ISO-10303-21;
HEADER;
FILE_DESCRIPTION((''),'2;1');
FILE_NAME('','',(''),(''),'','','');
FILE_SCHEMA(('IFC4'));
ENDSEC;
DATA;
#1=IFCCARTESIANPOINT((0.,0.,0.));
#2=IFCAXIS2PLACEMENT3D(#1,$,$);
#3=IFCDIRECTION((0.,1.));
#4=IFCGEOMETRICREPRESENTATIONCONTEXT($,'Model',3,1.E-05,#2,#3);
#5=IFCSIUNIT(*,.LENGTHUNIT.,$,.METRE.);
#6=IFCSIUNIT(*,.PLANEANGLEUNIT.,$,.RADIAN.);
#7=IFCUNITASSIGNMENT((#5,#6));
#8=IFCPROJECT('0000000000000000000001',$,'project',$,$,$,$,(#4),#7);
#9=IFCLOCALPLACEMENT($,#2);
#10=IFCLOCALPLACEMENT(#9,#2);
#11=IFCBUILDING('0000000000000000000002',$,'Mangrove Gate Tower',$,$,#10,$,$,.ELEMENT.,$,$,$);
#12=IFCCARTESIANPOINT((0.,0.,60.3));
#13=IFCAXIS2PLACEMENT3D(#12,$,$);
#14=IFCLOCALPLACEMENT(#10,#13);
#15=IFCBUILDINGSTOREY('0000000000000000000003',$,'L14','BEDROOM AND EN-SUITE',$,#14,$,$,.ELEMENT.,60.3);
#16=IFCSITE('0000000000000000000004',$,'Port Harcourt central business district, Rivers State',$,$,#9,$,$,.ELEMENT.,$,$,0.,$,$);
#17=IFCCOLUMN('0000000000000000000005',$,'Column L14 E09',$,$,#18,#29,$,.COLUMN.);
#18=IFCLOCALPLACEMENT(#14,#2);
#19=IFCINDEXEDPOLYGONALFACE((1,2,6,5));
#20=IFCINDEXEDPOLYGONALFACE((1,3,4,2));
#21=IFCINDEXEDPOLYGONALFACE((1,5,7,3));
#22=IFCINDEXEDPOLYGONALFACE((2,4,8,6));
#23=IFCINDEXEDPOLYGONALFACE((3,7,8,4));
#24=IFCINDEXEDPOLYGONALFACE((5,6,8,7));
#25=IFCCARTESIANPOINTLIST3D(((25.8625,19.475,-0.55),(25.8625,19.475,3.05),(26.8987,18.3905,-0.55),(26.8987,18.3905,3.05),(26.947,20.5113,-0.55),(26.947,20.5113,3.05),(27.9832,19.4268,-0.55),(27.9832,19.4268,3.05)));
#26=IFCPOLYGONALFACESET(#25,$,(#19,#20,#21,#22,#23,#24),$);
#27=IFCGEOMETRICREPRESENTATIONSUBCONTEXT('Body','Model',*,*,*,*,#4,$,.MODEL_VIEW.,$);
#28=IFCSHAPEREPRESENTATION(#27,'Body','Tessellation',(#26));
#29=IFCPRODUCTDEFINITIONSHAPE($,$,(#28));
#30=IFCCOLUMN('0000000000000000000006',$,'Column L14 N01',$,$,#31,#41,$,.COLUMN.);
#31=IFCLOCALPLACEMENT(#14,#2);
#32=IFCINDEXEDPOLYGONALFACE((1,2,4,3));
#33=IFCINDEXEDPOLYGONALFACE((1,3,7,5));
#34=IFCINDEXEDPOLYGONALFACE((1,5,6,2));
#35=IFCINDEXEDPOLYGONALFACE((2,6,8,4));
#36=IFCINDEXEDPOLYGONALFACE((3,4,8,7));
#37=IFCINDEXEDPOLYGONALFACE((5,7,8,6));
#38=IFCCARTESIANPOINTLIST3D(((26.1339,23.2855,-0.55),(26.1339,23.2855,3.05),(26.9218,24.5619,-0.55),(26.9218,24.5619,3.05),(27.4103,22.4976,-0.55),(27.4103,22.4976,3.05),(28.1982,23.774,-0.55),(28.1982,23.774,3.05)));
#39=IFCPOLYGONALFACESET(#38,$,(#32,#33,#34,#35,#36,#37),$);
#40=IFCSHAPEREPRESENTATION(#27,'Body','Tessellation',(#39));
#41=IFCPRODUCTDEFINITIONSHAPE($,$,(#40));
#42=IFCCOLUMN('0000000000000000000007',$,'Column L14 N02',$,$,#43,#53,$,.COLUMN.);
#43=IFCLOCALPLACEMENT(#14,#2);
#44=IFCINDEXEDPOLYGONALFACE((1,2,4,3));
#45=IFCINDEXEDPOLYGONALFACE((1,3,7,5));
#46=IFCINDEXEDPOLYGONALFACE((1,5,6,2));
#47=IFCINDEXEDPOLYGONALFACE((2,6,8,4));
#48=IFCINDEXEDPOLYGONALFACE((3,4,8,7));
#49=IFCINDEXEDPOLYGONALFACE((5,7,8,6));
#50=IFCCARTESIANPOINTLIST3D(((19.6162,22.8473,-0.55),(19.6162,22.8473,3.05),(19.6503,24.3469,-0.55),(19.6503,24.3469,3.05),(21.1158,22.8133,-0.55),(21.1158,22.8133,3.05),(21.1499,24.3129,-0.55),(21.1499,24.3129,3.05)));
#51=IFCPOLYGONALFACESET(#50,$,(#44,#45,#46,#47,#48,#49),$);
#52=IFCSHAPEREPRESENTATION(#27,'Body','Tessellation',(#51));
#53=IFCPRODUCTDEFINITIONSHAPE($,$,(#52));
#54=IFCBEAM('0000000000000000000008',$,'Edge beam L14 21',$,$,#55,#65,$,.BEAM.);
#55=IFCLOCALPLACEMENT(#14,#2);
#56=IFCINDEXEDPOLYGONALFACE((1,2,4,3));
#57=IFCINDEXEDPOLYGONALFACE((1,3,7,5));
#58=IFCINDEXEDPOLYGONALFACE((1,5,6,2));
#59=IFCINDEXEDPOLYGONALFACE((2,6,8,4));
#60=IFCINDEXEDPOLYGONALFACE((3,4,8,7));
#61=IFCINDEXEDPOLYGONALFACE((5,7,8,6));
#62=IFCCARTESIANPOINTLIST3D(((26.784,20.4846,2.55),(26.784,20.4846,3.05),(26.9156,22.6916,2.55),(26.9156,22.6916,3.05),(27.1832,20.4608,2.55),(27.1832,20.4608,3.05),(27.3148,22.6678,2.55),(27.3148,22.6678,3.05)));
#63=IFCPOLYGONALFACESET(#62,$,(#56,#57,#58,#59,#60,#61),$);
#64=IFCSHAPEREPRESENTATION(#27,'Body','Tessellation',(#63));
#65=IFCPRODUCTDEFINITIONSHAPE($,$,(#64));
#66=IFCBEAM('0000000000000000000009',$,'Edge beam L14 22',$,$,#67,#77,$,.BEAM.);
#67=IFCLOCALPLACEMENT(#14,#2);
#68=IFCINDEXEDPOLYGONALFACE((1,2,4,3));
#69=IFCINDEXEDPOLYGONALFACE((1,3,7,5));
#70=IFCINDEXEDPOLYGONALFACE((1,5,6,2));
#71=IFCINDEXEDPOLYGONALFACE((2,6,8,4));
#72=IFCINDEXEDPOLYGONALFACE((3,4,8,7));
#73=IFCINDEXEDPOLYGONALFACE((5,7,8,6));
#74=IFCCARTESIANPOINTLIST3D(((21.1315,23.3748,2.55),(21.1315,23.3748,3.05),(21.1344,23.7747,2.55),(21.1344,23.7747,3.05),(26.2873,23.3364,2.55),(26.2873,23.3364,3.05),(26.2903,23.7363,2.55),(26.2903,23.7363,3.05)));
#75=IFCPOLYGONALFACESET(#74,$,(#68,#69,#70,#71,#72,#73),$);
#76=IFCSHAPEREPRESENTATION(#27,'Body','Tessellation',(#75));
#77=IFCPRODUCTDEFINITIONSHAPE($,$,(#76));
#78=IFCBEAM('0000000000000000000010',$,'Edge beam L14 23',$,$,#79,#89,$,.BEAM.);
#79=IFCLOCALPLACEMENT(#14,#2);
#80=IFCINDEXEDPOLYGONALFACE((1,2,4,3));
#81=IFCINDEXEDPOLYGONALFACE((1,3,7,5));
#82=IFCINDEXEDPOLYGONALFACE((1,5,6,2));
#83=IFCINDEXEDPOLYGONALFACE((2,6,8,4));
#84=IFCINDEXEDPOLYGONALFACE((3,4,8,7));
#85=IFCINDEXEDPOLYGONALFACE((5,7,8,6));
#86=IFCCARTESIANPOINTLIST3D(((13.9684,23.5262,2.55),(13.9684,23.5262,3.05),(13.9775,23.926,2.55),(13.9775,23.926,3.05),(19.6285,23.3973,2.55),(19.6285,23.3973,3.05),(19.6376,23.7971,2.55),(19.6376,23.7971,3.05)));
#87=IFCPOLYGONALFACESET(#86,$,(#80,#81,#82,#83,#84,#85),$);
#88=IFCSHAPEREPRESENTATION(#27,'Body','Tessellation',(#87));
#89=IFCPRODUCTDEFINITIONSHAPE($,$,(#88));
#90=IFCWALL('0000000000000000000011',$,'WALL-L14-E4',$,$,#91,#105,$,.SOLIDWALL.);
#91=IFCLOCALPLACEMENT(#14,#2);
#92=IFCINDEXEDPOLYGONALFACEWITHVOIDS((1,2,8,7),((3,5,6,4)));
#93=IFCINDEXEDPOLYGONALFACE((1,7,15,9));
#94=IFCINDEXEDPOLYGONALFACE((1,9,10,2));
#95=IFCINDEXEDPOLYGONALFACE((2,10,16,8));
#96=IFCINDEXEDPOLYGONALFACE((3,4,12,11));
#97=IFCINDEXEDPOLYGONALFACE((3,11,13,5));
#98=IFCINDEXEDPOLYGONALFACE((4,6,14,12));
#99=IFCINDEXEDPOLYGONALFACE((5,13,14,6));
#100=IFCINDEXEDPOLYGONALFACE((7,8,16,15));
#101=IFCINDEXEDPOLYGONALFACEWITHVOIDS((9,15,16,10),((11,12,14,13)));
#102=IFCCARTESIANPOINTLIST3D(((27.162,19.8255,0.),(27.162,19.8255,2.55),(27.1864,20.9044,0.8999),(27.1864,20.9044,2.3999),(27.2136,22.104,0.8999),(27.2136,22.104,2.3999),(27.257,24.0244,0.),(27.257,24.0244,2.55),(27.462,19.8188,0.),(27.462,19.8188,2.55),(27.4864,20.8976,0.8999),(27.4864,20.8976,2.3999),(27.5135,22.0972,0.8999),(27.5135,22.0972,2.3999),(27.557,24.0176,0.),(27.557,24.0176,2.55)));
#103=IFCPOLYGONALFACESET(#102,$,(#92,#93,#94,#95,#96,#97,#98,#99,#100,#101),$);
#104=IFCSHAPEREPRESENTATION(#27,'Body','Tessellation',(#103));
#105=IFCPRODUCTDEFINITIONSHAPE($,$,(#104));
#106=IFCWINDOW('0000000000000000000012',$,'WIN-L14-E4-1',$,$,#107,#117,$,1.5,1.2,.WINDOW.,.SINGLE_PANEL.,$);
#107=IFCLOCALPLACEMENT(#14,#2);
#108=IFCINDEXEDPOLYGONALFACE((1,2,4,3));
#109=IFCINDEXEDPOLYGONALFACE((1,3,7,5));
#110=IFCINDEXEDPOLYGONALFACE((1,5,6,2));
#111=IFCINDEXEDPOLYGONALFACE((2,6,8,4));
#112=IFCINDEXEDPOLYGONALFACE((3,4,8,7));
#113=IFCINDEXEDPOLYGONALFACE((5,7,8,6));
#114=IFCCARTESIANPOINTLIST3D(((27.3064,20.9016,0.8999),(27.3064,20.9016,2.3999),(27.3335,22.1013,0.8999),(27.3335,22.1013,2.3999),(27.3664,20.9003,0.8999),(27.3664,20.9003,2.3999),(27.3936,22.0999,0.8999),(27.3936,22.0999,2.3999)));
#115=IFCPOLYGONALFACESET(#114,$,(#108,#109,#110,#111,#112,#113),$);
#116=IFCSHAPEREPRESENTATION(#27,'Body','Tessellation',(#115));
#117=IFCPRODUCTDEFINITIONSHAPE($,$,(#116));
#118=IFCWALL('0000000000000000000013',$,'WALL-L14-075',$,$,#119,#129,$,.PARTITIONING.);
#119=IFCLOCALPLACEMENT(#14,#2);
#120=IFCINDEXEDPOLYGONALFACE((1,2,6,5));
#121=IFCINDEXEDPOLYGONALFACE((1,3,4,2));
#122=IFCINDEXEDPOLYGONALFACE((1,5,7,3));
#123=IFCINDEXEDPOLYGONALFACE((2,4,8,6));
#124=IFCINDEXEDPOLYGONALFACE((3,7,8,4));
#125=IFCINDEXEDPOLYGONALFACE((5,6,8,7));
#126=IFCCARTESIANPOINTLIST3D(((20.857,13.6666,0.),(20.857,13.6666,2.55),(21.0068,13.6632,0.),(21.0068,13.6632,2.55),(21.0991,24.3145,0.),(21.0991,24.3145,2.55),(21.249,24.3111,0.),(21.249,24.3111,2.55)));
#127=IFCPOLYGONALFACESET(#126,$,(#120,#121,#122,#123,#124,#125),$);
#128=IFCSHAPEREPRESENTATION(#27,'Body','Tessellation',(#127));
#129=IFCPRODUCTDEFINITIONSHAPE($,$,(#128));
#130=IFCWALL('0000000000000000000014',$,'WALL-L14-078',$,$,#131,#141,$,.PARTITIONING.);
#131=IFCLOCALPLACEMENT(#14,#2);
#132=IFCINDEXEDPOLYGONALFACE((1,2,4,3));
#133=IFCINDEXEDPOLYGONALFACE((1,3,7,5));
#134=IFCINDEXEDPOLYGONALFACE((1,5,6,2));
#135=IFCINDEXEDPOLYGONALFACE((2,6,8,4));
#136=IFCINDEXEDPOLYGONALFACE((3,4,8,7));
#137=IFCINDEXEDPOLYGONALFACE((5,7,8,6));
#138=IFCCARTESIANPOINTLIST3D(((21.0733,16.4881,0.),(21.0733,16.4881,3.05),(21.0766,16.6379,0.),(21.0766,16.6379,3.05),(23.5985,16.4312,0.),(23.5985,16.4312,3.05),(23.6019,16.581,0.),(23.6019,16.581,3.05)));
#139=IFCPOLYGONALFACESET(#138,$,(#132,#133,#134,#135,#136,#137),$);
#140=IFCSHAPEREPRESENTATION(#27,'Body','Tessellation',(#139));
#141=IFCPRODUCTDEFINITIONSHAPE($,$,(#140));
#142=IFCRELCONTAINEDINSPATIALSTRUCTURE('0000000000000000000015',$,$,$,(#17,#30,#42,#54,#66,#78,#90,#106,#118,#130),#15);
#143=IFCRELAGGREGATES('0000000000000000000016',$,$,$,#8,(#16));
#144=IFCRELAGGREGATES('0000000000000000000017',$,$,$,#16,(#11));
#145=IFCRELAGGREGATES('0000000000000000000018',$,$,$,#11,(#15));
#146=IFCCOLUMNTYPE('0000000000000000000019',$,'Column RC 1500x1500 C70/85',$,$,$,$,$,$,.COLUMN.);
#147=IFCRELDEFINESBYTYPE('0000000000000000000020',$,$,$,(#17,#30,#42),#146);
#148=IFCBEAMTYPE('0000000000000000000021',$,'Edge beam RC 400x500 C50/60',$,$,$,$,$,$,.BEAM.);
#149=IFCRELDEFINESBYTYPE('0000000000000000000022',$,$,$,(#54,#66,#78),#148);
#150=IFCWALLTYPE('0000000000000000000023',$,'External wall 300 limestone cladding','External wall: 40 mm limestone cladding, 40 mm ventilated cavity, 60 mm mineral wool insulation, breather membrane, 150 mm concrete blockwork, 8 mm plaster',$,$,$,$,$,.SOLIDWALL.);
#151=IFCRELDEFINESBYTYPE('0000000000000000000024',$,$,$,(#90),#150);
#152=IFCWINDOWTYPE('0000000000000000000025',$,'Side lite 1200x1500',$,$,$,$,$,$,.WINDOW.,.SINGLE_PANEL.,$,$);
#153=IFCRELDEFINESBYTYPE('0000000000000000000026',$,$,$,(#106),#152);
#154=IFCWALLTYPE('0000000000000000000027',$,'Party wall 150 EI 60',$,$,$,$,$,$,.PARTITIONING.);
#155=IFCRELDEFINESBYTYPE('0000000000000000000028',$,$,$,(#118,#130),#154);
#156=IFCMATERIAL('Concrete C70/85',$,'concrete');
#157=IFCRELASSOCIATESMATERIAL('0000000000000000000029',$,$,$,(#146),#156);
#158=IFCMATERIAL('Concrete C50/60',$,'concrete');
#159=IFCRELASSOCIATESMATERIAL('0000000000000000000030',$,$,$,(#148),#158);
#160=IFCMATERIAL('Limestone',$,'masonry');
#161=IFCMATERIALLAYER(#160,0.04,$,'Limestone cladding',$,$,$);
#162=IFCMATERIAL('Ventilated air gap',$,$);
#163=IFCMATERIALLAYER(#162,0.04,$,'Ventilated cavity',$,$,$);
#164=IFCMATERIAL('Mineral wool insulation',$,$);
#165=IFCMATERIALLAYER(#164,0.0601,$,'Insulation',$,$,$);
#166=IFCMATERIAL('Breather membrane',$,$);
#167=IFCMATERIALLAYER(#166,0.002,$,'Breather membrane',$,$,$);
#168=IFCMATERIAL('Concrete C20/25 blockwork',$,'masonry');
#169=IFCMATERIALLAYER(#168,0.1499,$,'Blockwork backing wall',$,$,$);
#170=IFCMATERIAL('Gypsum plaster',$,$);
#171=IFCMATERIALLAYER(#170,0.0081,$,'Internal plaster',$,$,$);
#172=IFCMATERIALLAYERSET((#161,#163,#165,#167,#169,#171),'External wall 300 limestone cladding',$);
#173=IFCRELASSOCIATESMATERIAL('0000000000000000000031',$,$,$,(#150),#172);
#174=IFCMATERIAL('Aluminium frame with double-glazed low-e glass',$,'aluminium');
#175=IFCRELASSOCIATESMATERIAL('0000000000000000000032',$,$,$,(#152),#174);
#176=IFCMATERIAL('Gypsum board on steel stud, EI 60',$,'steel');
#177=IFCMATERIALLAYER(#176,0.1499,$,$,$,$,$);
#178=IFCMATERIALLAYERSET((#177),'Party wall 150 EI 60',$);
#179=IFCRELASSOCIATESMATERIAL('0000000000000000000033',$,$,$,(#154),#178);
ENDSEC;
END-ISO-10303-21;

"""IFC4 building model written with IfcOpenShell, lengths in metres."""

from ifc_helpers import new_model, si_unit, direction, frame, frame_2d, origin, origin_2d, place, context, subcontext, project, spatial, rectangle, extrude, material, layer, layer_set, material_profile, profile_set, type_object, element, fill, save


model = new_model("IFC4")

# Units and contexts
model_context = context("Model", 3, precision=1e-05, world=origin(), true_north=direction((0.0, 1.0)))
body_context = subcontext(model_context, "Body", "Model", "MODEL_VIEW")
ifc_project = project(units=[si_unit("LENGTHUNIT", "METRE"), si_unit("PLANEANGLEUNIT", "RADIAN")], contexts=[model_context])

# Site, building, storey
site_placement = place(None, origin())
site = spatial("IfcSite", under=ifc_project, at=site_placement, Name="Port Harcourt central business district, Rivers State", CompositionType="ELEMENT", RefElevation=0.0)
building_placement = place(site_placement, origin())
building = spatial("IfcBuilding", under=site, at=building_placement, Name="Mangrove Gate Tower", CompositionType="ELEMENT")
storey_placement = place(building_placement, frame((0.0, 0.0, 60.3)))
storey = spatial("IfcBuildingStorey", under=building, at=storey_placement, Name="L14", Description="BEDROOM AND EN-SUITE", CompositionType="ELEMENT", Elevation=60.3)

# Columns
ifc_material_1 = material(Name="Concrete C70/85", Category="concrete")
ifc_material_profile_1 = material_profile(ifc_material_1, rectangle(XDim=1.5, YDim=1.5, at=origin_2d()))
ifc_profile_set_1 = profile_set([ifc_material_profile_1], Name="Concrete C70/85")
column_type = type_object("IfcColumnType", Name="Column RC 1500x1500 C70/85", PredefinedType="COLUMN", material=ifc_profile_set_1)
for number, where, z_axis, x_axis, name in (
    (1, (26.9229, 19.4509, -0.55), (0.0, 0.0, 1.0), (-0.690848, 0.723, 0.0), "Column L14 E09"),
    (2, (27.166, 23.5298, -0.55), (0.0, 0.0, 1.0), (-0.850942, 0.52526, 0.0), "Column L14 N01"),
    (3, (20.3831, 23.5801, -0.55), (0.0, 0.0, 1.0), (-0.999743, 0.02269, 0.0), "Column L14 N02"),
):
    element("IfcColumn", number, at=place(storey_placement, frame(where, z_axis=z_axis, x_axis=x_axis)), inside=storey, type_object=column_type, Name=name, PredefinedType="COLUMN", context=body_context, shape_type="SweptSolid", body=[
        extrude(rectangle(XDim=1.5, YDim=1.5, at=origin_2d()), origin(), (0.0, 0.0, 1.0), 3.6001),
    ])

# Beams
ifc_material_2 = material(Name="Concrete C50/60", Category="concrete")
ifc_material_profile_2 = material_profile(ifc_material_2, rectangle(XDim=0.3999, YDim=0.5, at=origin_2d()))
ifc_profile_set_2 = profile_set([ifc_material_profile_2], Name="Concrete C50/60")
beam_type = type_object("IfcBeamType", Name="Edge beam RC 400x500 C50/60", PredefinedType="BEAM", material=ifc_profile_set_2)
beam_1_placement = place(storey_placement, frame((26.9836, 20.4727, 2.8), z_axis=(0.059518, 0.998227, 0.0), x_axis=(-0.998227, 0.059518, 0.0)))
element("IfcBeam", 4, at=beam_1_placement, inside=storey, type_object=beam_type, Name="Edge beam L14 21", PredefinedType="BEAM", context=body_context, shape_type="SweptSolid", body=[
    extrude(rectangle(XDim=0.3999, YDim=0.5, at=origin_2d()), origin(), (0.0, 0.0, 1.0), 2.2109),
])
beam_2_placement = place(storey_placement, frame((26.2888, 23.5364, 2.8), z_axis=(-0.999972, 0.007434, 0.0), x_axis=(-0.007434, -0.999972, 0.0)))
element("IfcBeam", 5, at=beam_2_placement, inside=storey, type_object=beam_type, Name="Edge beam L14 22", PredefinedType="BEAM", context=body_context, shape_type="SweptSolid", body=[
    extrude(rectangle(XDim=0.3999, YDim=0.5, at=origin_2d()), origin(), (0.0, 0.0, 1.0), 5.156),
])
beam_3_placement = place(storey_placement, frame((19.6331, 23.5972, 2.8), z_axis=(-0.999741, 0.022768, 0.0), x_axis=(-0.022768, -0.999741, 0.0)))
element("IfcBeam", 6, at=beam_3_placement, inside=storey, type_object=beam_type, Name="Edge beam L14 23", PredefinedType="BEAM", context=body_context, shape_type="SweptSolid", body=[
    extrude(rectangle(XDim=0.3999, YDim=0.5, at=origin_2d()), origin(), (0.0, 0.0, 1.0), 5.6616),
])

# Wall, opening, window
ifc_material_3 = material(Name="Limestone", Category="masonry")
ifc_layer_1 = layer(ifc_material_3, 0.04, Name="Limestone cladding")
ifc_material_4 = material(Name="Ventilated air gap")
ifc_layer_2 = layer(ifc_material_4, 0.04, Name="Ventilated cavity")
ifc_material_5 = material(Name="Mineral wool insulation")
ifc_layer_3 = layer(ifc_material_5, 0.0601, Name="Insulation")
ifc_material_6 = material(Name="Breather membrane")
ifc_layer_4 = layer(ifc_material_6, 0.002, Name="Breather membrane")
ifc_material_7 = material(Name="Concrete C20/25 blockwork", Category="masonry")
ifc_layer_5 = layer(ifc_material_7, 0.1499, Name="Blockwork backing wall")
ifc_material_8 = material(Name="Gypsum plaster")
ifc_layer_6 = layer(ifc_material_8, 0.0081, Name="Internal plaster")
ifc_layer_set_1 = layer_set([ifc_layer_1, ifc_layer_2, ifc_layer_3, ifc_layer_4, ifc_layer_5, ifc_layer_6], Name="External wall 300 limestone cladding")
wall_type_1 = type_object("IfcWallType", Name="External wall 300 limestone cladding", Description="External wall: 40 mm limestone cladding, 40 mm ventilated cavity, 60 mm mineral wool insulation, breather membrane, 150 mm concrete blockwork, 8 mm plaster", PredefinedType="SOLIDWALL", material=ifc_layer_set_1)
wall_1_placement = place(storey_placement, frame((27.312, 19.822, 0.0), z_axis=(0.0, 0.0, 1.0), x_axis=(0.022612, 0.999744, 0.0)))
wall_1 = element("IfcWall", 7, at=wall_1_placement, inside=storey, type_object=wall_type_1, Name="WALL-L14-E4", PredefinedType="SOLIDWALL", context=body_context, shape_type="SweptSolid", body=[
    extrude(rectangle(XDim=4.2, YDim=0.3, at=frame_2d((2.1001, 0.0))), origin(), (0.0, 0.0, 1.0), 2.55),
])
opening_placement = place(wall_1_placement, frame((1.0791, 0.0, 0.8999)))
opening = element("IfcOpeningElement", 8, at=opening_placement, cuts=wall_1, PredefinedType="OPENING", context=body_context, shape_type="SweptSolid", body=[
    extrude(rectangle(XDim=1.2, YDim=1.5, at=frame_2d((0.6001, 0.75))), frame((0.0, 0.1599, 0.0), z_axis=(0.0, -1.0, 0.0), x_axis=(1.0, 0.0, 0.0)), (0.0, 0.0, 1.0), 0.3201),
])
ifc_material_9 = material(Name="Aluminium frame with double-glazed low-e glass", Category="aluminium")
window_type = type_object("IfcWindowType", Name="Side lite 1200x1500", PartitioningType="SINGLE_PANEL", PredefinedType="WINDOW", material=ifc_material_9)
window_placement = place(opening_placement, origin())
window = element("IfcWindow", 9, at=window_placement, inside=storey, type_object=window_type, Name="WIN-L14-E4-1", OverallHeight=1.5, OverallWidth=1.2, PartitioningType="SINGLE_PANEL", PredefinedType="WINDOW", context=body_context, shape_type="SweptSolid", body=[
    extrude(rectangle(XDim=1.2, YDim=1.5, at=frame_2d((0.6001, 0.75))), frame((0.0, 0.03, 0.0), z_axis=(0.0, -1.0, 0.0), x_axis=(1.0, 0.0, 0.0)), (0.0, 0.0, 1.0), 0.0601),
])
fill(opening, window)

# Walls
ifc_material_10 = material(Name="Gypsum board on steel stud, EI 60", Category="steel")
ifc_layer_7 = layer(ifc_material_10, 0.1499)
ifc_layer_set_2 = layer_set([ifc_layer_7], Name="Party wall 150 EI 60")
wall_type_2 = type_object("IfcWallType", Name="Party wall 150 EI 60", PredefinedType="PARTITIONING", material=ifc_layer_set_2)
wall_2_placement = place(storey_placement, frame((20.9319, 13.665, 0.0), z_axis=(0.0, 0.0, 1.0), x_axis=(0.022739, 0.999741, 0.0)))
element("IfcWall", 10, at=wall_2_placement, inside=storey, type_object=wall_type_2, Name="WALL-L14-075", PredefinedType="PARTITIONING", context=body_context, shape_type="SweptSolid", body=[
    extrude(rectangle(XDim=10.6506, YDim=0.1499, at=frame_2d((5.3252, 0.0))), origin(), (0.0, 0.0, 1.0), 2.55),
])
wall_3_placement = place(storey_placement, frame((21.075, 16.563, 0.0), z_axis=(0.0, 0.0, 1.0), x_axis=(0.999746, -0.022522, 0.0)))
element("IfcWall", 11, at=wall_3_placement, inside=storey, type_object=wall_type_2, Name="WALL-L14-078", PredefinedType="PARTITIONING", context=body_context, shape_type="SweptSolid", body=[
    extrude(rectangle(XDim=2.5259, YDim=0.1499, at=frame_2d((1.2629, 0.0))), origin(), (0.0, 0.0, 1.0), 3.05),
])

save(model, "model.ifc")
